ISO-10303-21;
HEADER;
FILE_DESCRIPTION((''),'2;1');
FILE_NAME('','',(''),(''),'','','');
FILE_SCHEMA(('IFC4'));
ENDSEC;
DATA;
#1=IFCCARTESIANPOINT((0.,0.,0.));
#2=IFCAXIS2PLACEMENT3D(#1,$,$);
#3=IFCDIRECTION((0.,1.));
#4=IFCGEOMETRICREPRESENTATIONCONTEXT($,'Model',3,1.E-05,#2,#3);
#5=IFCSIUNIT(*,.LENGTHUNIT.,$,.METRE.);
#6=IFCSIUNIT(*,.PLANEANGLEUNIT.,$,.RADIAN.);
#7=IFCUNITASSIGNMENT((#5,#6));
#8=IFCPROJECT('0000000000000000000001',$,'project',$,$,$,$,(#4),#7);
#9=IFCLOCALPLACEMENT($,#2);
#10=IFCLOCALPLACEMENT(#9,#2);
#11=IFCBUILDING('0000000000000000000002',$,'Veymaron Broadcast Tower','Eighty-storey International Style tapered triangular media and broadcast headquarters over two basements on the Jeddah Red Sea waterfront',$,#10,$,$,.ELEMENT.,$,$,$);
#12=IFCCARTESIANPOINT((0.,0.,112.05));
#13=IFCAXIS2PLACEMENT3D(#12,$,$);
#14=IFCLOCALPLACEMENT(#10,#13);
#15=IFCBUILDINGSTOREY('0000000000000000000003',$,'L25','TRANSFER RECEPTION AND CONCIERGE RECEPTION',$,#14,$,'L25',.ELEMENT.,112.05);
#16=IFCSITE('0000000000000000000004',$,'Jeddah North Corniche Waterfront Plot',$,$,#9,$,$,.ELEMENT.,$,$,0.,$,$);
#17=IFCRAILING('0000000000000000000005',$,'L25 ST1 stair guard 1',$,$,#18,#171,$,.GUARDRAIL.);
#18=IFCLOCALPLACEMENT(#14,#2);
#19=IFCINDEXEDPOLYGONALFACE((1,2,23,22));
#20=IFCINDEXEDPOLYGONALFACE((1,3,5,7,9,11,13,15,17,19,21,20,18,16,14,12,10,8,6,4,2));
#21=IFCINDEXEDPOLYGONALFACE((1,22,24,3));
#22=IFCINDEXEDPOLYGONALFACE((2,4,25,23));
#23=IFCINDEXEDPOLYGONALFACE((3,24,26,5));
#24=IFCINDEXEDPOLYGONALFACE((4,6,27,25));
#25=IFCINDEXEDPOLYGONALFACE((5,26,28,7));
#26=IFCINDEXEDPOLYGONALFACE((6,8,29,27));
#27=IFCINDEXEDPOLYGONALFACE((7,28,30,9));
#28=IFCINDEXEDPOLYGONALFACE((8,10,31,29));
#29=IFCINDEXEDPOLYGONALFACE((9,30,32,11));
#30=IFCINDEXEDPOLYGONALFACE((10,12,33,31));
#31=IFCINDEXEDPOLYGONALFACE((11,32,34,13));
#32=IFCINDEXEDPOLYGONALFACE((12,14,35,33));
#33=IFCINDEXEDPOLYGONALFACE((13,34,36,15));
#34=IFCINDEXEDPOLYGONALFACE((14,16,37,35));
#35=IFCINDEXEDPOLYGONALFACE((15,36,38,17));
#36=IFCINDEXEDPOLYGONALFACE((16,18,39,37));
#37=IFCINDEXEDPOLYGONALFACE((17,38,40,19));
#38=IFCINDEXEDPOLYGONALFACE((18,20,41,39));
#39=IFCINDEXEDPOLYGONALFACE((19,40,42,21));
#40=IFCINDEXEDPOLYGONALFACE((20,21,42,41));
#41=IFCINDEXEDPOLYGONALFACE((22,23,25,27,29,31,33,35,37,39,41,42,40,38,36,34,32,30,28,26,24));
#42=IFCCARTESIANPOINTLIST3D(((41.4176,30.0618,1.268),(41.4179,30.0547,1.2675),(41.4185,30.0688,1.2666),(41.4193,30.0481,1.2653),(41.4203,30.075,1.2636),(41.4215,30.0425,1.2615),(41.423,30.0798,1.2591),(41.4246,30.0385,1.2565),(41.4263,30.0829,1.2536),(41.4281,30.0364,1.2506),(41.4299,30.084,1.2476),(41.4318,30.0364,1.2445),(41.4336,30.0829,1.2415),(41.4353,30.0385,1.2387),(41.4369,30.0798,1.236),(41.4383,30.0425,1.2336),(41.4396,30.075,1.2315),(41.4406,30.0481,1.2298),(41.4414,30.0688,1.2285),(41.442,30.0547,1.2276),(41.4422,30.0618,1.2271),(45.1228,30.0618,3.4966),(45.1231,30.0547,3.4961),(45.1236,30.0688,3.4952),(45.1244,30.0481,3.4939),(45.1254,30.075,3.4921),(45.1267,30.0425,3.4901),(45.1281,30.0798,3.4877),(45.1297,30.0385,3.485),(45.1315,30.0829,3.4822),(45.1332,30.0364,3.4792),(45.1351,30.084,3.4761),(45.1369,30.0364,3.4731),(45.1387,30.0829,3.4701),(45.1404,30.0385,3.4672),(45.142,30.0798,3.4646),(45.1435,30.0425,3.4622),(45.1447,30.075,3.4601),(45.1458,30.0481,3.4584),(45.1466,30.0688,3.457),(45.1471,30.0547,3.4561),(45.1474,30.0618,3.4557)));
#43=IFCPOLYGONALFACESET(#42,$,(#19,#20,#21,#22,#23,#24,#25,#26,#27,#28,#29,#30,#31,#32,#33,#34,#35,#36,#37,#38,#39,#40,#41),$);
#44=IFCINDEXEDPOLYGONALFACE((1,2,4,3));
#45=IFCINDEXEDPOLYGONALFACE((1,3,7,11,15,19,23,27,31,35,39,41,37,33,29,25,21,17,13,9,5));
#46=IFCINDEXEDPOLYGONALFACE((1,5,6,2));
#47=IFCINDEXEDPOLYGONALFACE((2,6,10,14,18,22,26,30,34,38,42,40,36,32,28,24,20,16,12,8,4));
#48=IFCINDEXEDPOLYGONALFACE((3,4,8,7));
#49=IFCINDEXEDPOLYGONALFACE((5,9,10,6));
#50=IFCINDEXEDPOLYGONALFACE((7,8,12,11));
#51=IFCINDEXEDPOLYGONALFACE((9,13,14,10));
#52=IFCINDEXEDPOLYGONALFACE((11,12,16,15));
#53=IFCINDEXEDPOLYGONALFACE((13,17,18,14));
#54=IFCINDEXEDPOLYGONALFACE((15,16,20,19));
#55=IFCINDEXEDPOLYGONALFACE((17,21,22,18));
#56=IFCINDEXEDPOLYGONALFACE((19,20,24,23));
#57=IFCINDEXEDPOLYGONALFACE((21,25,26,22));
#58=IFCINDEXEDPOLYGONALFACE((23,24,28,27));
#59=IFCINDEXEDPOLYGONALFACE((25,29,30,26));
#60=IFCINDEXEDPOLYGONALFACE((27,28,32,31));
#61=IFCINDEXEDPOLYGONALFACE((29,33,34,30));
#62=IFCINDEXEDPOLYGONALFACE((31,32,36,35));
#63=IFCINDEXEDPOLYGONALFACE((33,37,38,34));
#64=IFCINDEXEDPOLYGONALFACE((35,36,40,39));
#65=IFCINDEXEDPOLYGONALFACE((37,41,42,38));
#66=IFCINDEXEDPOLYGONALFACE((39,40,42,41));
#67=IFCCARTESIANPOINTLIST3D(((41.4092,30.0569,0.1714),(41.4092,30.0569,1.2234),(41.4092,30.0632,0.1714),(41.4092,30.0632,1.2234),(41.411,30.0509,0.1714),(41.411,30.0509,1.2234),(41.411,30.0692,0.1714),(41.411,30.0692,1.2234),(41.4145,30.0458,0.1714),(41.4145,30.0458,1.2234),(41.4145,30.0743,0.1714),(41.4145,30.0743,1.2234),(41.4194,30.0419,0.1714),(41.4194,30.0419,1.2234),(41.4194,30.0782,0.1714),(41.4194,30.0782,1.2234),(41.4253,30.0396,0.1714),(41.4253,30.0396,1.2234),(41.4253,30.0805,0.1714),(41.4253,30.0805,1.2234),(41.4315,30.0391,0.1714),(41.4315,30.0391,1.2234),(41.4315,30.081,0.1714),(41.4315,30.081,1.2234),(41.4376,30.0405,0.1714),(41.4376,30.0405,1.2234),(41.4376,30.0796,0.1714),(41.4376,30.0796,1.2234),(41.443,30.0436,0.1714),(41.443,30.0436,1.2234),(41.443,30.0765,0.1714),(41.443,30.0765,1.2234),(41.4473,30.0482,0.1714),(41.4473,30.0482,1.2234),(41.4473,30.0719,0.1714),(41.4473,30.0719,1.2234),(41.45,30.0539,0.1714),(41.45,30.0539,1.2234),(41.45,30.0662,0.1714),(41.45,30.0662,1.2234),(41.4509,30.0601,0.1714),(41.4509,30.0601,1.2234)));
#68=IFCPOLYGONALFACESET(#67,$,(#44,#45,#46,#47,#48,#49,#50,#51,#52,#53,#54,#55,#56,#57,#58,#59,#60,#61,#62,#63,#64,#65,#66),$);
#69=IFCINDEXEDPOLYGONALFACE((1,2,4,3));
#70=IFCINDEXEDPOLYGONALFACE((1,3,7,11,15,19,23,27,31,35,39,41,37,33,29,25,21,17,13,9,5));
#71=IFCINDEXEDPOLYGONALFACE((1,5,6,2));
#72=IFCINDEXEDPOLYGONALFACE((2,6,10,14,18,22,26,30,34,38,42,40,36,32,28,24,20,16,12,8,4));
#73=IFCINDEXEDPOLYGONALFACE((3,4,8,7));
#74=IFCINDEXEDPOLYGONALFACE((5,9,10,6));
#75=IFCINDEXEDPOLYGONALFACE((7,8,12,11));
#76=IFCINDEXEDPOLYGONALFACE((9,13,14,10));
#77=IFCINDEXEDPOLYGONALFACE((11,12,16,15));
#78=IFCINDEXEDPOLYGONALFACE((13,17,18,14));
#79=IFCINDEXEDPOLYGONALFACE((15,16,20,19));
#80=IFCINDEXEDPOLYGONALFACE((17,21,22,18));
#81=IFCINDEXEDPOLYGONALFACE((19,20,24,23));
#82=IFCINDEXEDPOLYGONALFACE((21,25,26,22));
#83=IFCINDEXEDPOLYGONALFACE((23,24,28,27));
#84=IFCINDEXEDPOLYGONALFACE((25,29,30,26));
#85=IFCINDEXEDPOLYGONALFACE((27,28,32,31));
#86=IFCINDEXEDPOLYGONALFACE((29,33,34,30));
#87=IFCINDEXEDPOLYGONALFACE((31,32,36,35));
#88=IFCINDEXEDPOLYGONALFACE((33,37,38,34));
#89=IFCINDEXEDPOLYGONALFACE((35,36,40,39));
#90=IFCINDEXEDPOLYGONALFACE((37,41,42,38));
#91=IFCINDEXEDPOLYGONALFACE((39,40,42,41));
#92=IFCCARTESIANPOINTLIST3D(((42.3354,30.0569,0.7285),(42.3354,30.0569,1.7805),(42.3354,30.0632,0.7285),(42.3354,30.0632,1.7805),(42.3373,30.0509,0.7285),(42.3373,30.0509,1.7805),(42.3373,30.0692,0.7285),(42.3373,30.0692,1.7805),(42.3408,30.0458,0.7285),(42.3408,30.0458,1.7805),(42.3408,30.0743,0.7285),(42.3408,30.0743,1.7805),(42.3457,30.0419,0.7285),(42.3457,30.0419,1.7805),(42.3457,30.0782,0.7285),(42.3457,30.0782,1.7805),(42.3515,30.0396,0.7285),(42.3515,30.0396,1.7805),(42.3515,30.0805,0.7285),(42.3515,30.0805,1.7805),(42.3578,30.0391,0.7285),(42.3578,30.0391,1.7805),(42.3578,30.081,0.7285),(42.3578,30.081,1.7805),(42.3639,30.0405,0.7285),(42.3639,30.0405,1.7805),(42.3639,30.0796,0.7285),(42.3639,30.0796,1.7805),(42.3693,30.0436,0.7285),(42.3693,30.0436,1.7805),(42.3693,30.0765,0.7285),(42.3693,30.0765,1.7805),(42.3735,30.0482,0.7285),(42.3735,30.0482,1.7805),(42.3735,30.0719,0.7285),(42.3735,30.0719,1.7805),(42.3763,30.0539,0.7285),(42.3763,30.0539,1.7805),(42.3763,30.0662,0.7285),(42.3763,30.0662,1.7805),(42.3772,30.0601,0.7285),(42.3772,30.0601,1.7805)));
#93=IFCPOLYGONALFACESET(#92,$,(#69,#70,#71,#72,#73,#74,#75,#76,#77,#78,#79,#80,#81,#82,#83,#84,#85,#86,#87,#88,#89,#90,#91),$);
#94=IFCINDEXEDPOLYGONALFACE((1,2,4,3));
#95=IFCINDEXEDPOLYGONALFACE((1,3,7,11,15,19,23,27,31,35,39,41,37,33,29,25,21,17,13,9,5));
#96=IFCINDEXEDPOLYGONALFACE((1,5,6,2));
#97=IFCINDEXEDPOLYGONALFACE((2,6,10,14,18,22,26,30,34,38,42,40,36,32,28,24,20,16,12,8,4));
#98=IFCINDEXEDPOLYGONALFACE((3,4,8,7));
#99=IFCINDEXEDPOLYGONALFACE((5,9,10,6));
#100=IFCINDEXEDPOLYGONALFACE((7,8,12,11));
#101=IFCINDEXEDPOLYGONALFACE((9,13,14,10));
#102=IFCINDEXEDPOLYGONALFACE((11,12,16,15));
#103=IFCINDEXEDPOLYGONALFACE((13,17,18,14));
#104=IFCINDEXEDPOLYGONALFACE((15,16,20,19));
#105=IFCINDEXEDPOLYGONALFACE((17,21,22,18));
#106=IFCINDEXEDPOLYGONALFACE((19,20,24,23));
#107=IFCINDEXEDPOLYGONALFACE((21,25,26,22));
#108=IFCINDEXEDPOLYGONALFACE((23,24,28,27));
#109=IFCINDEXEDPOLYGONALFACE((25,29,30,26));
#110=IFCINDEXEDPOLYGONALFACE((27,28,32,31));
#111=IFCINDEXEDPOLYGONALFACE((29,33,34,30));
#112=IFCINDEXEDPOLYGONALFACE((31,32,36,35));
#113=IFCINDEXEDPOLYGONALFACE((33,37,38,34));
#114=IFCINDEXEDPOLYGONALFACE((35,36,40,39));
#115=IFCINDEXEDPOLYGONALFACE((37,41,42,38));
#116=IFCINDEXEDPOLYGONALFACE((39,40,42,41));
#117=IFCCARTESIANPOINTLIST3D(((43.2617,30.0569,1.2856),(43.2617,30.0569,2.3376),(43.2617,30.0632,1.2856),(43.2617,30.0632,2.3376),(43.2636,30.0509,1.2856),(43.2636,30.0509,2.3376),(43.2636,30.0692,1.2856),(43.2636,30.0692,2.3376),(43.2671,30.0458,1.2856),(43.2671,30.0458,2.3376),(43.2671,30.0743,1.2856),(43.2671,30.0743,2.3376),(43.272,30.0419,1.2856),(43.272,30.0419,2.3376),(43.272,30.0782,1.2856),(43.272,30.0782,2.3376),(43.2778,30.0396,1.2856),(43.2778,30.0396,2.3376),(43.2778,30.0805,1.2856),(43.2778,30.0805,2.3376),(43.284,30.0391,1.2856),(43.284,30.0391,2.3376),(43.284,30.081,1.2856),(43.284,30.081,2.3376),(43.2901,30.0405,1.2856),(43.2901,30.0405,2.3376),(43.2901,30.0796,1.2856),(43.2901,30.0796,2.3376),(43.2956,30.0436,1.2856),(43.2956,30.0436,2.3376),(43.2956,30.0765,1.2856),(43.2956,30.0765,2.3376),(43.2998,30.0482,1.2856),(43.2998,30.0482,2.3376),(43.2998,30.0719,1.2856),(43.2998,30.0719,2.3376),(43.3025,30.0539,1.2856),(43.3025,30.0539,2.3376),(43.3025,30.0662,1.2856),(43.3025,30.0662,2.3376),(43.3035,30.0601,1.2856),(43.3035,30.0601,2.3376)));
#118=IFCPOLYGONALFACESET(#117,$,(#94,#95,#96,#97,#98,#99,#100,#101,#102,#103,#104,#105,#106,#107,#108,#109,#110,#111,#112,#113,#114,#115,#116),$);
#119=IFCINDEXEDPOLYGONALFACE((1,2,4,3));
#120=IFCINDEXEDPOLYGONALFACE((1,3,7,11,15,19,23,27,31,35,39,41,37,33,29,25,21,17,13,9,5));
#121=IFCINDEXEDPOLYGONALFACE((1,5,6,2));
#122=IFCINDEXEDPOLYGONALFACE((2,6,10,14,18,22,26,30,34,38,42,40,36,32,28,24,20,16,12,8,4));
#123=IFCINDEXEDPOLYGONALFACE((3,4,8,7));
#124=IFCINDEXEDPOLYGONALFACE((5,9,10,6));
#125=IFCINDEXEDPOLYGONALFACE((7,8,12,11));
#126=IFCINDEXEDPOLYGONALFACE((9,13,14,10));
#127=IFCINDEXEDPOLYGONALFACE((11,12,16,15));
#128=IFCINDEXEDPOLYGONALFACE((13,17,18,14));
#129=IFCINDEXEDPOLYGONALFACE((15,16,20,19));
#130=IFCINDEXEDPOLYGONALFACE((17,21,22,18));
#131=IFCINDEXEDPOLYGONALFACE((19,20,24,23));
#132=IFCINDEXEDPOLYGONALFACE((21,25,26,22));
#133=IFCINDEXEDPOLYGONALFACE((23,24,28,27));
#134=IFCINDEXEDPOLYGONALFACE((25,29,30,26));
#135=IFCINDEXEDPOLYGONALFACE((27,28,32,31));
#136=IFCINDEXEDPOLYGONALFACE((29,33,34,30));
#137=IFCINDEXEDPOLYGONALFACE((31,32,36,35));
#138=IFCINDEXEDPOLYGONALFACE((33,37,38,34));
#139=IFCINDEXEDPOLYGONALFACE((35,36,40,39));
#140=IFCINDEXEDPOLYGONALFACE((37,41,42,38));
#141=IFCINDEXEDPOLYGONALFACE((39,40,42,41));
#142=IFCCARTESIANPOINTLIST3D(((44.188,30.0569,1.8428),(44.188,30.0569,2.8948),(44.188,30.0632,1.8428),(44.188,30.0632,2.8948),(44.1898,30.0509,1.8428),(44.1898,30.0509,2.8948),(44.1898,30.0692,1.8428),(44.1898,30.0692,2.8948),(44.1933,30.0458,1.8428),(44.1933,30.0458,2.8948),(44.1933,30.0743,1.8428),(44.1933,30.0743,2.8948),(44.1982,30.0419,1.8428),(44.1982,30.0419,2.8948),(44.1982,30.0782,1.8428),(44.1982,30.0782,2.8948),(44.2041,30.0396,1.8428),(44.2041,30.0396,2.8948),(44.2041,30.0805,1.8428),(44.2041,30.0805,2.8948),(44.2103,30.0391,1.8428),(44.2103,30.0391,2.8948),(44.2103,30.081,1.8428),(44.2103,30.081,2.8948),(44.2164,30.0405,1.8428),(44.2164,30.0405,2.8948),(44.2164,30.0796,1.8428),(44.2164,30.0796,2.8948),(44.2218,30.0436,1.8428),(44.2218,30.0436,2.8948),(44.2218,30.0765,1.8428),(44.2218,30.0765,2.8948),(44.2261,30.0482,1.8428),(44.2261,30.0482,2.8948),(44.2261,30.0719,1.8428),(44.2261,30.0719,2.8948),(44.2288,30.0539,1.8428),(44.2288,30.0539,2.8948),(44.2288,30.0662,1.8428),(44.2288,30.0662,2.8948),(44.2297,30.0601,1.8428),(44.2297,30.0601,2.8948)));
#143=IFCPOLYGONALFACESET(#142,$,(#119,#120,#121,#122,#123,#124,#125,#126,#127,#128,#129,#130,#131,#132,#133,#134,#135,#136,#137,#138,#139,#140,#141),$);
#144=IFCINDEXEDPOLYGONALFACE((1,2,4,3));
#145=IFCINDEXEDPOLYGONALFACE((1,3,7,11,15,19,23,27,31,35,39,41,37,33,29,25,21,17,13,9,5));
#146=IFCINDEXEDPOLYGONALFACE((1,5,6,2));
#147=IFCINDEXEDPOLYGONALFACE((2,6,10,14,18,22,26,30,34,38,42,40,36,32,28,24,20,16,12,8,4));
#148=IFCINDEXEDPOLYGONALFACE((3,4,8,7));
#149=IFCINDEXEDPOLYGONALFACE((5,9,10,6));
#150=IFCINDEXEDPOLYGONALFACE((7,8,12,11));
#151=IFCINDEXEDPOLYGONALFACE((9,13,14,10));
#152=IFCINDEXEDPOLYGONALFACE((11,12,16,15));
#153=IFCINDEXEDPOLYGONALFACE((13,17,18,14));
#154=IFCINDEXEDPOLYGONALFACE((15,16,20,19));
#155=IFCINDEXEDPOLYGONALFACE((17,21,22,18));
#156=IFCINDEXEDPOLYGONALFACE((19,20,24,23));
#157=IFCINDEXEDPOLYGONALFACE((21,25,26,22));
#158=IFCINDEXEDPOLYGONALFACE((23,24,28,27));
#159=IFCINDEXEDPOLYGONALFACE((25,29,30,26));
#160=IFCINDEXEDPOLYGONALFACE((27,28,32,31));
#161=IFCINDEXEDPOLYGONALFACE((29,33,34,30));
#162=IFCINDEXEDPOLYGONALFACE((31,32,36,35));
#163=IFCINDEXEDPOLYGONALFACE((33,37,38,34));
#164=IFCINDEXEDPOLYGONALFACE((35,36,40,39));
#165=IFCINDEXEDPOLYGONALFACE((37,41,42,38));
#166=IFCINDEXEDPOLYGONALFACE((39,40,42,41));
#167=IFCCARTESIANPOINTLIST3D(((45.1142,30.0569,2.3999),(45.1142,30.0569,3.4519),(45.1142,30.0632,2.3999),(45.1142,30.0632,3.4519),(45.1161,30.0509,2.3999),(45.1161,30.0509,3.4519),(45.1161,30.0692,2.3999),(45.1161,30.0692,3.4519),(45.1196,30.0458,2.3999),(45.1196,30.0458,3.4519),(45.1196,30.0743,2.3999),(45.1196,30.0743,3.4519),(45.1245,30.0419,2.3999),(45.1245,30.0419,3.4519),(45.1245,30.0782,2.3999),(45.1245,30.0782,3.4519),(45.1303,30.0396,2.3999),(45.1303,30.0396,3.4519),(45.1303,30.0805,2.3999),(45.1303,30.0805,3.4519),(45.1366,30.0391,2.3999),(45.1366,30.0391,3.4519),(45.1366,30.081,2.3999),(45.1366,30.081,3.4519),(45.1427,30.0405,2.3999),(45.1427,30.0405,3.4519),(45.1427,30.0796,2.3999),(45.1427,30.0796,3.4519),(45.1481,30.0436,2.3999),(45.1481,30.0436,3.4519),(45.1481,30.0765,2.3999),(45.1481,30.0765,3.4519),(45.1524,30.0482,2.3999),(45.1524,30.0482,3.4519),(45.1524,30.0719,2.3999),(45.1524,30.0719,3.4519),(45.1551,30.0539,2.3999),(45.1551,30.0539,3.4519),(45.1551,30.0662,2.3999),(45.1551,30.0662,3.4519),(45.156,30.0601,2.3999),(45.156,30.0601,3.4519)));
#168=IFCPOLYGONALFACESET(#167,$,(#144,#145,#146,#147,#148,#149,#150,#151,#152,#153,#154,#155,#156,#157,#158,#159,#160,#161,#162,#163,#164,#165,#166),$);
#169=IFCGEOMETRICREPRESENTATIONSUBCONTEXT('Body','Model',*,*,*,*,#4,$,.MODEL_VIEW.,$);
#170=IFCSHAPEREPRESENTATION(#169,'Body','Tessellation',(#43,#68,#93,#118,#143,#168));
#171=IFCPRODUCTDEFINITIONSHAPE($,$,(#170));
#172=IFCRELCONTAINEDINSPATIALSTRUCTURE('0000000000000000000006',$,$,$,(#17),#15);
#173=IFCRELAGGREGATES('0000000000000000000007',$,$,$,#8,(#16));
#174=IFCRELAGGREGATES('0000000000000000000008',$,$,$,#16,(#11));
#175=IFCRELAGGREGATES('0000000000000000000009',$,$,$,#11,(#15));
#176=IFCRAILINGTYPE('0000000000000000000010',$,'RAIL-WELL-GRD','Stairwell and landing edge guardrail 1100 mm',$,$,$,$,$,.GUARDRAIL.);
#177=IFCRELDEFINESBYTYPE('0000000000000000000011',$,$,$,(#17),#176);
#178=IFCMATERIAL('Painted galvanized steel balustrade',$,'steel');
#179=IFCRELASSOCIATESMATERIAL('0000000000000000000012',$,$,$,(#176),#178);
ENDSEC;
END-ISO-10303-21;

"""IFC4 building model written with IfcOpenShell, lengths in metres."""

from ifc_helpers import new_model, si_unit, direction, frame, origin, origin_2d, place, context, subcontext, project, spatial, circle, extrude, material, type_object, element, save


model = new_model("IFC4")

# Units and contexts
model_context = context("Model", 3, precision=1e-05, world=origin(), true_north=direction((0.0, 1.0)))
body_context = subcontext(model_context, "Body", "Model", "MODEL_VIEW")
ifc_project = project(units=[si_unit("LENGTHUNIT", "METRE"), si_unit("PLANEANGLEUNIT", "RADIAN")], contexts=[model_context])

# Site, building, storey
site_placement = place(None, origin())
site = spatial("IfcSite", under=ifc_project, at=site_placement, Name="Jeddah North Corniche Waterfront Plot", CompositionType="ELEMENT", RefElevation=0.0)
building_placement = place(site_placement, origin())
building = spatial("IfcBuilding", under=site, at=building_placement, Name="Veymaron Broadcast Tower", Description="Eighty-storey International Style tapered triangular media and broadcast headquarters over two basements on the Jeddah Red Sea waterfront", CompositionType="ELEMENT")
storey_placement = place(building_placement, frame((0.0, 0.0, 112.05)))
storey = spatial("IfcBuildingStorey", under=building, at=storey_placement, Name="L25", Description="TRANSFER RECEPTION AND CONCIERGE RECEPTION", LongName="L25", CompositionType="ELEMENT", Elevation=112.05)

# Railing
ifc_material_1 = material(Name="Painted galvanized steel balustrade", Category="steel")
railing_type_1 = type_object("IfcRailingType", Name="RAIL-WELL-GRD", Description="Stairwell and landing edge guardrail 1100 mm", PredefinedType="GUARDRAIL", material=ifc_material_1)
railing_1_placement = place(storey_placement, frame((41.4299, 30.0601, 0.1714)))
element("IfcRailing", 1, at=railing_1_placement, inside=storey, type_object=railing_type_1, Name="L25 ST1 stair guard 1", PredefinedType="GUARDRAIL", context=body_context, shape_type="SweptSolid", body=[
    extrude(circle(Radius=0.0239, at=origin_2d()), frame((0.0, 0.0, 1.0762), z_axis=(0.856934, 0.0, 0.515425), x_axis=(0.0, 1.0, 0.0)), (0.0, 0.0, 1.0), 4.3237),
    extrude(circle(Radius=0.021, at=origin_2d()), origin(), (0.0, 0.0, 1.0), 1.052),
    extrude(circle(Radius=0.021, at=origin_2d()), frame((0.9263, 0.0, 0.5571)), (0.0, 0.0, 1.0), 1.052),
    extrude(circle(Radius=0.021, at=origin_2d()), frame((1.8525, 0.0, 1.1143)), (0.0, 0.0, 1.0), 1.052),
    extrude(circle(Radius=0.021, at=origin_2d()), frame((2.7788, 0.0, 1.6714)), (0.0, 0.0, 1.0), 1.052),
    extrude(circle(Radius=0.021, at=origin_2d()), frame((3.7051, 0.0, 2.2285)), (0.0, 0.0, 1.0), 1.052),
])

save(model, "model.ifc")
